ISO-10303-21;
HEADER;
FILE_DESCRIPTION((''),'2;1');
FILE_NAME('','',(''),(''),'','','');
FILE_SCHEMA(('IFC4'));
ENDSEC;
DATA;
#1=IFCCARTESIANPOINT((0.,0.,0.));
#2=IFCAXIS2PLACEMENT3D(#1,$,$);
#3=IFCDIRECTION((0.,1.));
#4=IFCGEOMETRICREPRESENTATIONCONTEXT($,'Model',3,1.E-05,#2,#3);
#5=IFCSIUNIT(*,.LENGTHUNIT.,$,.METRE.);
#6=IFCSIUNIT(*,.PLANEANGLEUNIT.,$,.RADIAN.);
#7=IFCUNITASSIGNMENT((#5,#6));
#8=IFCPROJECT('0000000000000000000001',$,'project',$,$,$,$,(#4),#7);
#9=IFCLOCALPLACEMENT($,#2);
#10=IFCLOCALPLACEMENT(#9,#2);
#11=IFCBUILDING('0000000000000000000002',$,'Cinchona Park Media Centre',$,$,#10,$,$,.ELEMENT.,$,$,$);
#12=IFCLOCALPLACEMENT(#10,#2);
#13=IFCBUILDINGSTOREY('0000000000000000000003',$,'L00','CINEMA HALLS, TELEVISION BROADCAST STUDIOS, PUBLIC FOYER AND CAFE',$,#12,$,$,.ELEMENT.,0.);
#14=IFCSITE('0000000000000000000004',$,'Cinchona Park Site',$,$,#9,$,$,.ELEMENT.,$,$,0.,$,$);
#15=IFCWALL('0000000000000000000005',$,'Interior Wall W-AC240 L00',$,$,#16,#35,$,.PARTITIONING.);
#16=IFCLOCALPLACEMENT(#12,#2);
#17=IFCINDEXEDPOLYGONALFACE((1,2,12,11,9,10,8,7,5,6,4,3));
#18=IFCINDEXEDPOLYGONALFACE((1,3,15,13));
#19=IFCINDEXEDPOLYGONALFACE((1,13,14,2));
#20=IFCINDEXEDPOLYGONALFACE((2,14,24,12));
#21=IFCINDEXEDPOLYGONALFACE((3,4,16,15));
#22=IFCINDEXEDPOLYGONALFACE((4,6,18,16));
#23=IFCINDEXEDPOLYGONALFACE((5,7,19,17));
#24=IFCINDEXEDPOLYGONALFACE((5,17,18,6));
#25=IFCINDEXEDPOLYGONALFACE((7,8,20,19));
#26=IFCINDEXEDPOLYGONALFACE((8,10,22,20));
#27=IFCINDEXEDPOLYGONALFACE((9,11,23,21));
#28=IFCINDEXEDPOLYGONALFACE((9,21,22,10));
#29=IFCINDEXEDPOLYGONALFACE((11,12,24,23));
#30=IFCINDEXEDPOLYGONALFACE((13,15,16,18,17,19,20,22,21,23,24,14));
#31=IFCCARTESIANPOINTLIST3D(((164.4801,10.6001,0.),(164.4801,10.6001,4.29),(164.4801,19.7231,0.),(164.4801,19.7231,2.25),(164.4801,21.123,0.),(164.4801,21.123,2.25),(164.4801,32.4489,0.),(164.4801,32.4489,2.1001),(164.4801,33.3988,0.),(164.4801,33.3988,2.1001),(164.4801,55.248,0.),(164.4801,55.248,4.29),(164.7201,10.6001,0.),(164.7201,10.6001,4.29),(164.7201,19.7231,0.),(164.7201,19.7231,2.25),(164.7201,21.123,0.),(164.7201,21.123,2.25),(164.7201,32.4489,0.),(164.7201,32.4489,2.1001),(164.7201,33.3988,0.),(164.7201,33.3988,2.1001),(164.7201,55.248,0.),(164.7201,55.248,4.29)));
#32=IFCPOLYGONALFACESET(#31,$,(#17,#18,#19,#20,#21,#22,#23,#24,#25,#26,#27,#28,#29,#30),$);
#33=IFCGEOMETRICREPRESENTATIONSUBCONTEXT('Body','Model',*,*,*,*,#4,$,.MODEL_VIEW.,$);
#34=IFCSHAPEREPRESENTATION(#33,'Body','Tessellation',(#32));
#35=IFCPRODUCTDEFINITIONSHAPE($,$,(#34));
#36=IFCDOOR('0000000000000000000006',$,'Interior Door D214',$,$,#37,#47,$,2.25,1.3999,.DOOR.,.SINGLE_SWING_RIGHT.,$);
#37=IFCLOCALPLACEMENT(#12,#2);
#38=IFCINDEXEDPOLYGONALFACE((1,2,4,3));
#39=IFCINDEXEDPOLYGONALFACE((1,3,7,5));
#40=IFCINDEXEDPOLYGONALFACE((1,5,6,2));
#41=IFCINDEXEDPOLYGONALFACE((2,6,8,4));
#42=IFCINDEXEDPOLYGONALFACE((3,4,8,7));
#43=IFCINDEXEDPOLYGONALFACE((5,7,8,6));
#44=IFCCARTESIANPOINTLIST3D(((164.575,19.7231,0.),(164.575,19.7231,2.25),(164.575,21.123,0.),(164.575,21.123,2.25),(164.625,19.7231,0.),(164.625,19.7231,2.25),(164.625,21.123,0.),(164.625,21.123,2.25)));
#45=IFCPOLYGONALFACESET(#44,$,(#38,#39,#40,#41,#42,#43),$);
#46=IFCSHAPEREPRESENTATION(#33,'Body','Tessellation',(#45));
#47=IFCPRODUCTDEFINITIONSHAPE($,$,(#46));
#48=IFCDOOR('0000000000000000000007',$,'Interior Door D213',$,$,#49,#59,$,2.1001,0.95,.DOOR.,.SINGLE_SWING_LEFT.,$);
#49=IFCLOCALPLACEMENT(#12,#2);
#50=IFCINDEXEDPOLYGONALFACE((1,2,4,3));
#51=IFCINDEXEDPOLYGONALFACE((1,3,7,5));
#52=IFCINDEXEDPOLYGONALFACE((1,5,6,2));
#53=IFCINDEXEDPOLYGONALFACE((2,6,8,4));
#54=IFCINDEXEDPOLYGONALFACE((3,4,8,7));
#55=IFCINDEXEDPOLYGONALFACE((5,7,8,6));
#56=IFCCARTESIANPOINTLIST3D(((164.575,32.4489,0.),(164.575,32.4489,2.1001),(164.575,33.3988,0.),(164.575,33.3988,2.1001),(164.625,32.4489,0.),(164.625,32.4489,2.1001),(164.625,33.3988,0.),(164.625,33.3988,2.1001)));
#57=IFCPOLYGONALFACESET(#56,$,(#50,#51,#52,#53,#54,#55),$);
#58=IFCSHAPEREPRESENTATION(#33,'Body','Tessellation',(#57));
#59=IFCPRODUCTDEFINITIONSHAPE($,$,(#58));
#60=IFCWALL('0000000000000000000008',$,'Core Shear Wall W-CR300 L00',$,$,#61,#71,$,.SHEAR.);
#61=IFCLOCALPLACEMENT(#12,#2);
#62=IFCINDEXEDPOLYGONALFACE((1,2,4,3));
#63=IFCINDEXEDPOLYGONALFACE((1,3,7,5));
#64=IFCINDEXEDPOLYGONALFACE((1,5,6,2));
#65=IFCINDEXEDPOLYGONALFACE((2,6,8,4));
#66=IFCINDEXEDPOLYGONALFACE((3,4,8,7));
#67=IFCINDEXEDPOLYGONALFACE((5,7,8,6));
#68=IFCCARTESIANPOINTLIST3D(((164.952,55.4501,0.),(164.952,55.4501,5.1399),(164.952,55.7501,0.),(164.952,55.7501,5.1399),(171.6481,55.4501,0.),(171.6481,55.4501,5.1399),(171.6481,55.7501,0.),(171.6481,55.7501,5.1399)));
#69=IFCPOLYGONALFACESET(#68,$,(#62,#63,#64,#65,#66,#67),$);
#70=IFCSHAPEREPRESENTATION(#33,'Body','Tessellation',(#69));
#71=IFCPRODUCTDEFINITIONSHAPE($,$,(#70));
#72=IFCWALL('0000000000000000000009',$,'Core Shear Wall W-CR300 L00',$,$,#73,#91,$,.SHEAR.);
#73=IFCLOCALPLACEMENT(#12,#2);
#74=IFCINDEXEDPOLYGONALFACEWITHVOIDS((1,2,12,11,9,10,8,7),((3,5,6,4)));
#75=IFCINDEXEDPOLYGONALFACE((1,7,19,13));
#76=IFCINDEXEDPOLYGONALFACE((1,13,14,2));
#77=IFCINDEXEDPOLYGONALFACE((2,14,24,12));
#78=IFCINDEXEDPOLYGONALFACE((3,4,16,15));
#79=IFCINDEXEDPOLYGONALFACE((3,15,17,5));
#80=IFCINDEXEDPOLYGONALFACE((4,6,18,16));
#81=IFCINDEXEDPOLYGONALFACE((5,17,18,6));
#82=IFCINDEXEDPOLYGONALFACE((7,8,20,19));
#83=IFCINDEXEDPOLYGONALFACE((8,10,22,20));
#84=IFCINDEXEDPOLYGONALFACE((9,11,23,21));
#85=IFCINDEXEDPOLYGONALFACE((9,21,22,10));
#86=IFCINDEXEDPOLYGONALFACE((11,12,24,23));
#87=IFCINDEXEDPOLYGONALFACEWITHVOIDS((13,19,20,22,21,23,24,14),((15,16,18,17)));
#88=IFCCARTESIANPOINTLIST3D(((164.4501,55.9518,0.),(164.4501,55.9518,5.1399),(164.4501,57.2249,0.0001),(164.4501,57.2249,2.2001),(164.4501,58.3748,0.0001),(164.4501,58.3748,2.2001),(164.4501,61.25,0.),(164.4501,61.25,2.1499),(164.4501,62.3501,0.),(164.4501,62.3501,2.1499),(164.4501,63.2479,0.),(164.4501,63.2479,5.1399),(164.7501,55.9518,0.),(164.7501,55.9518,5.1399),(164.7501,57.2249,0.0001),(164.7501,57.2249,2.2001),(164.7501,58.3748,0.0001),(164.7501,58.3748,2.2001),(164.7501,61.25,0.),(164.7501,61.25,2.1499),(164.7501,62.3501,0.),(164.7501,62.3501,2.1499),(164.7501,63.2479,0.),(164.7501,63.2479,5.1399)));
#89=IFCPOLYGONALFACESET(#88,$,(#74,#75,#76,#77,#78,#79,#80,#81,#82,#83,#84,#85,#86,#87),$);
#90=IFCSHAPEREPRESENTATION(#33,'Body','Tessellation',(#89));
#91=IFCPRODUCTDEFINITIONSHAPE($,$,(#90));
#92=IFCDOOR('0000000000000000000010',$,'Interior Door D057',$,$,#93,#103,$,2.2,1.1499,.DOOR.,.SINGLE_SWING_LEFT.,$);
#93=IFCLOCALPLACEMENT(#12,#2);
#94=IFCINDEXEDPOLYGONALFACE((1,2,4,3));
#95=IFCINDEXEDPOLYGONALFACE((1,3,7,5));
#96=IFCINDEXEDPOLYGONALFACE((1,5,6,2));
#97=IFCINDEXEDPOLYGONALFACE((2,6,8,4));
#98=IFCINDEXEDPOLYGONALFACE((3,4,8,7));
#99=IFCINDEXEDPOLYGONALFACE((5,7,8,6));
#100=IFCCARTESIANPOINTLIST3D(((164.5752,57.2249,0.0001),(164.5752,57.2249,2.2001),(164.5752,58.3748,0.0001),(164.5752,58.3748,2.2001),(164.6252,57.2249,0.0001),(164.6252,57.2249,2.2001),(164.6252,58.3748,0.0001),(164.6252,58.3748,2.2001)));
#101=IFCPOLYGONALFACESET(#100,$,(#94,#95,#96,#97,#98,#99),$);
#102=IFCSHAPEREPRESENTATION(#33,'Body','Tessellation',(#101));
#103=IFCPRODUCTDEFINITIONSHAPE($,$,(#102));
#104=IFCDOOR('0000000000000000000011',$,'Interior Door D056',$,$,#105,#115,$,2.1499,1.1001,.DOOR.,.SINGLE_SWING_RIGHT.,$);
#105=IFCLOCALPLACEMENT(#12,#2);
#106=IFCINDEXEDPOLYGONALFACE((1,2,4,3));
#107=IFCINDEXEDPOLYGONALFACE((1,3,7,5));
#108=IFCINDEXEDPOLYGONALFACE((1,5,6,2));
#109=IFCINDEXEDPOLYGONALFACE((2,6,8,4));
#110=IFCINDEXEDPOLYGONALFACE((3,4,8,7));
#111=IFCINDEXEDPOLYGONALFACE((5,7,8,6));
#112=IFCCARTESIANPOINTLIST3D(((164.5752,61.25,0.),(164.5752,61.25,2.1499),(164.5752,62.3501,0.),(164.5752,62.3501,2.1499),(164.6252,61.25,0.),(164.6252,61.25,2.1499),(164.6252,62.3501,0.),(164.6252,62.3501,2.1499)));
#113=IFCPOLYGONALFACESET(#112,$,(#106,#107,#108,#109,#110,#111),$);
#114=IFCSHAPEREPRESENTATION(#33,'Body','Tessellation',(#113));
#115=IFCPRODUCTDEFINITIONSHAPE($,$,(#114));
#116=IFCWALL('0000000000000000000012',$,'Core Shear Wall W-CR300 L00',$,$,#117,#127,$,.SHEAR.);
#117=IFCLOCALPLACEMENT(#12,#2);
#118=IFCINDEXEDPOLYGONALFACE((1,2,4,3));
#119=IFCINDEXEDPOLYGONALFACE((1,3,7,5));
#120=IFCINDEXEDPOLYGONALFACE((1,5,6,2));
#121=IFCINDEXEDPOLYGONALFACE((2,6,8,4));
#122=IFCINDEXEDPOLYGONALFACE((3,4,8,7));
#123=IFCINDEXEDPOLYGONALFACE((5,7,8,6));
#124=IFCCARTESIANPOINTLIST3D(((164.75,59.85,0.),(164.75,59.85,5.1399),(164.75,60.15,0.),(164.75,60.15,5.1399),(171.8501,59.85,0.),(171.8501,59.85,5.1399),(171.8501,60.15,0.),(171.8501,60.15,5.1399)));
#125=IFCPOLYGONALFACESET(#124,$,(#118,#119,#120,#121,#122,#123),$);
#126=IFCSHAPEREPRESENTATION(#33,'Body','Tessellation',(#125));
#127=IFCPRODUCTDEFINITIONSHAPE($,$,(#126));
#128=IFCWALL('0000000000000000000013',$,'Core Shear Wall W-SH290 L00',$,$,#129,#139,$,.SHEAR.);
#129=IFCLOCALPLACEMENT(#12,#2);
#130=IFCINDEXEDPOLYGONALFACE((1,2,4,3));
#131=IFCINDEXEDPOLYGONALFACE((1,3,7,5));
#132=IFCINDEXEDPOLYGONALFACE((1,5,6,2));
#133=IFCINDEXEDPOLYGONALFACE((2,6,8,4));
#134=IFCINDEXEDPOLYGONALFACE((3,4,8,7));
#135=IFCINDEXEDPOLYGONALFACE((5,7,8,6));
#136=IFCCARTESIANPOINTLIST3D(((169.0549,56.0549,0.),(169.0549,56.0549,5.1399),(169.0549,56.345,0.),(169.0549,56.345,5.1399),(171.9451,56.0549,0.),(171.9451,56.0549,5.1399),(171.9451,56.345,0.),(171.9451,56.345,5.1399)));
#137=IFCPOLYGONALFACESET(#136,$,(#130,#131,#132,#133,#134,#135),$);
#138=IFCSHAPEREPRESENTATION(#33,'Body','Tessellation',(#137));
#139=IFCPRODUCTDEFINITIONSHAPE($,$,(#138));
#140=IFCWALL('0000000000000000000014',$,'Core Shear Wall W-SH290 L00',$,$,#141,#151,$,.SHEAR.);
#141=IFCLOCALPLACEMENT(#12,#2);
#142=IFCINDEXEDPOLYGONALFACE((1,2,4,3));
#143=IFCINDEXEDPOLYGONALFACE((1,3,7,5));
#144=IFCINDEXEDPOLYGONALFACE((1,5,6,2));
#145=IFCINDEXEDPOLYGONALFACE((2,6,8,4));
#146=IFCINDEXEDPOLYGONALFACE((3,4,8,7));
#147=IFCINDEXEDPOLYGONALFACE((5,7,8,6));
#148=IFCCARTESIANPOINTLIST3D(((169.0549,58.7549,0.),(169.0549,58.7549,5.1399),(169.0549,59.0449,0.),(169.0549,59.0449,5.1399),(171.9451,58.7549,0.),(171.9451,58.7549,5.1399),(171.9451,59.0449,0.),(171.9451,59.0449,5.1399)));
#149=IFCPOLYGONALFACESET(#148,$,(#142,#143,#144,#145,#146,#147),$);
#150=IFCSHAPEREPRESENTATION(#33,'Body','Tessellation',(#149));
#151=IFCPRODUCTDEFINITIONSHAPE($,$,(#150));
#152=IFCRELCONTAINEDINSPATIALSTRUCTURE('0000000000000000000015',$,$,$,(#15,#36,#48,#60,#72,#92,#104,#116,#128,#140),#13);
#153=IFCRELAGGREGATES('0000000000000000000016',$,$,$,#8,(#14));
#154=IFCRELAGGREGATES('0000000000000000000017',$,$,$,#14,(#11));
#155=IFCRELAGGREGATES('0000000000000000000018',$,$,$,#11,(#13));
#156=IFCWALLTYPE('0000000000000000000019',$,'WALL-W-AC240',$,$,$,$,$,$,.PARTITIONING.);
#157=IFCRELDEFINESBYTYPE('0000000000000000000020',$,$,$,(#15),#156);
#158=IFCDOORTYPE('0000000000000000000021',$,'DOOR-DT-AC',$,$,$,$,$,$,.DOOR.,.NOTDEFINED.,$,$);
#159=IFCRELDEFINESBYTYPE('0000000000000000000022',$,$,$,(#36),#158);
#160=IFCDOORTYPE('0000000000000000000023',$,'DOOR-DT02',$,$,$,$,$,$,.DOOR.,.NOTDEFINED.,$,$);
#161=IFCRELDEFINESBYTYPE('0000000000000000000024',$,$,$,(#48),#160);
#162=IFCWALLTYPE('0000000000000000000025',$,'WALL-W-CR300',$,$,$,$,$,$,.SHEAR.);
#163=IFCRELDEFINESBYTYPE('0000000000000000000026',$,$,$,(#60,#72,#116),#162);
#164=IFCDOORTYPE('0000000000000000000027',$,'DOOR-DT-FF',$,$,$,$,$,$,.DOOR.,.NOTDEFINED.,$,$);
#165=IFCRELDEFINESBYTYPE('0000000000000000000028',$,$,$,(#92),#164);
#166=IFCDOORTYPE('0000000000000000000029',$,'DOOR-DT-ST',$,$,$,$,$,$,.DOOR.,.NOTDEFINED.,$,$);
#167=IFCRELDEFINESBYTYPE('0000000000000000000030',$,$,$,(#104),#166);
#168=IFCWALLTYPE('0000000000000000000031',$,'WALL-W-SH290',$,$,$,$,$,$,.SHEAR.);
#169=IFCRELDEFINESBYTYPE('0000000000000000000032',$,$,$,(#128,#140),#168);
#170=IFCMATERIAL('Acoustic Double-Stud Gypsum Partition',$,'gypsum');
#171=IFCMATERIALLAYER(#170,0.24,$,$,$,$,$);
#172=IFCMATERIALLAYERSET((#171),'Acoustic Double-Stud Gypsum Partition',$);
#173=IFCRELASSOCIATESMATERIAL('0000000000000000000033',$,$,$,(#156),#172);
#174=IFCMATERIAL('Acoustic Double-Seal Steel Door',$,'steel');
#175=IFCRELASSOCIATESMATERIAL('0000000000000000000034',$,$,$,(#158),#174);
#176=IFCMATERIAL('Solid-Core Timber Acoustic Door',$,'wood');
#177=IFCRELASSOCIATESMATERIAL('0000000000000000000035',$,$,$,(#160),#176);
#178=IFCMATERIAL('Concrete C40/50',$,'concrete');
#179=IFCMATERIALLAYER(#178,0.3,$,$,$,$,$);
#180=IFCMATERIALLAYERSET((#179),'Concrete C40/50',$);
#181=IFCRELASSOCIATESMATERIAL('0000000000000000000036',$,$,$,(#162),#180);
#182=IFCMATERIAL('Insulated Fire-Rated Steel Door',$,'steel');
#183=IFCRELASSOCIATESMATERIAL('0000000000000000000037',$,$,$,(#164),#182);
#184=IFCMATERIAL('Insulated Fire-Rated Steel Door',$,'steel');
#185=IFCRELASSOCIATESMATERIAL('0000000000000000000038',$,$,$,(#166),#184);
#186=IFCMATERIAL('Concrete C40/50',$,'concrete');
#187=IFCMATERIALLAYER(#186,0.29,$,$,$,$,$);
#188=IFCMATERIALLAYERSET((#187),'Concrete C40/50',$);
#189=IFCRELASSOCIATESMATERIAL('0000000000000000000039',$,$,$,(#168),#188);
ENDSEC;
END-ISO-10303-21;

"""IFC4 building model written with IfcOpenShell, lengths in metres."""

from ifc_helpers import new_model, si_unit, direction, frame, frame_2d, origin, place, context, subcontext, project, spatial, rectangle, extrude, material, layer, layer_set, type_object, element, fill, save


model = new_model("IFC4")

# Units and contexts
model_context = context("Model", 3, precision=1e-05, world=origin(), true_north=direction((0.0, 1.0)))
body_context = subcontext(model_context, "Body", "Model", "MODEL_VIEW")
ifc_project = project(units=[si_unit("LENGTHUNIT", "METRE"), si_unit("PLANEANGLEUNIT", "RADIAN")], contexts=[model_context])

# Site, building, storey
site_placement = place(None, origin())
site = spatial("IfcSite", under=ifc_project, at=site_placement, Name="Cinchona Park Site", CompositionType="ELEMENT", RefElevation=0.0)
building_placement = place(site_placement, origin())
building = spatial("IfcBuilding", under=site, at=building_placement, Name="Cinchona Park Media Centre", CompositionType="ELEMENT")
storey_placement = place(building_placement, origin())
storey = spatial("IfcBuildingStorey", under=building, at=storey_placement, Name="L00", Description="CINEMA HALLS, TELEVISION BROADCAST STUDIOS, PUBLIC FOYER AND CAFE", CompositionType="ELEMENT", Elevation=0.0)

# Wall, openings, doors
ifc_material_1 = material(Name="Acoustic Double-Stud Gypsum Partition", Category="gypsum")
ifc_layer_1 = layer(ifc_material_1, 0.24)
ifc_layer_set_1 = layer_set([ifc_layer_1], Name="Acoustic Double-Stud Gypsum Partition")
wall_type_1 = type_object("IfcWallType", Name="WALL-W-AC240", PredefinedType="PARTITIONING", material=ifc_layer_set_1)
wall_1_placement = place(storey_placement, frame((164.6001, 55.248, 0.0), z_axis=(0.0, 0.0, 1.0), x_axis=(0.0, -1.0, 0.0)))
wall_1 = element("IfcWall", 1, at=wall_1_placement, inside=storey, type_object=wall_type_1, Name="Interior Wall W-AC240 L00", PredefinedType="PARTITIONING", context=body_context, shape_type="SweptSolid", body=[
    extrude(rectangle(XDim=44.6479, YDim=0.24, at=frame_2d((22.324, 0.0))), origin(), (0.0, 0.0, 1.0), 4.29),
])
opening_1_placement = place(wall_1_placement, frame((21.8491, 0.0, 0.0)))
opening_1 = element("IfcOpeningElement", 2, at=opening_1_placement, cuts=wall_1, PredefinedType="OPENING", context=body_context, shape_type="SweptSolid", body=[
    extrude(rectangle(XDim=0.95, YDim=2.1001, at=frame_2d((0.4751, 1.05))), frame((0.0, 0.1299, 0.0), z_axis=(0.0, -1.0, 0.0), x_axis=(1.0, 0.0, 0.0)), (0.0, 0.0, 1.0), 0.26),
])
opening_2_placement = place(wall_1_placement, frame((34.125, 0.0, 0.0)))
opening_2 = element("IfcOpeningElement", 3, at=opening_2_placement, cuts=wall_1, PredefinedType="OPENING", context=body_context, shape_type="SweptSolid", body=[
    extrude(rectangle(XDim=1.3999, YDim=2.25, at=frame_2d((0.7, 1.125))), frame((0.0, 0.1299, 0.0), z_axis=(0.0, -1.0, 0.0), x_axis=(1.0, 0.0, 0.0)), (0.0, 0.0, 1.0), 0.26),
])
ifc_material_2 = material(Name="Acoustic Double-Seal Steel Door", Category="steel")
door_type_1 = type_object("IfcDoorType", Name="DOOR-DT-AC", OperationType="NOTDEFINED", PredefinedType="DOOR", material=ifc_material_2)
door_1_placement = place(opening_2_placement, origin())
door_1 = element("IfcDoor", 4, at=door_1_placement, inside=storey, type_object=door_type_1, Name="Interior Door D214", OperationType="SINGLE_SWING_RIGHT", OverallHeight=2.25, OverallWidth=1.3999, PredefinedType="DOOR", context=body_context, shape_type="SweptSolid", body=[
    extrude(rectangle(XDim=1.3999, YDim=2.25, at=frame_2d((0.7, 1.125))), frame((0.0, 0.0249, 0.0), z_axis=(0.0, -1.0, 0.0), x_axis=(1.0, 0.0, 0.0)), (0.0, 0.0, 1.0), 0.05),
])
fill(opening_2, door_1)
ifc_material_3 = material(Name="Solid-Core Timber Acoustic Door", Category="wood")
door_type_2 = type_object("IfcDoorType", Name="DOOR-DT02", OperationType="NOTDEFINED", PredefinedType="DOOR", material=ifc_material_3)
door_2_placement = place(opening_1_placement, origin())
door_2 = element("IfcDoor", 5, at=door_2_placement, inside=storey, type_object=door_type_2, Name="Interior Door D213", OperationType="SINGLE_SWING_LEFT", OverallHeight=2.1001, OverallWidth=0.95, PredefinedType="DOOR", context=body_context, shape_type="SweptSolid", body=[
    extrude(rectangle(XDim=0.95, YDim=2.1001, at=frame_2d((0.4751, 1.05))), frame((0.0, 0.0249, 0.0), z_axis=(0.0, -1.0, 0.0), x_axis=(1.0, 0.0, 0.0)), (0.0, 0.0, 1.0), 0.05),
])
fill(opening_1, door_2)

# Wall
ifc_material_4 = material(Name="Concrete C40/50", Category="concrete")
ifc_layer_2 = layer(ifc_material_4, 0.3)
ifc_layer_set_2 = layer_set([ifc_layer_2], Name="Concrete C40/50")
wall_type_2 = type_object("IfcWallType", Name="WALL-W-CR300", PredefinedType="SHEAR", material=ifc_layer_set_2)
wall_2_placement = place(storey_placement, frame((164.9519, 55.6001, 0.0), z_axis=(0.0, 0.0, 1.0), x_axis=(1.0, 0.0, 0.0)))
element("IfcWall", 6, at=wall_2_placement, inside=storey, type_object=wall_type_2, Name="Core Shear Wall W-CR300 L00", PredefinedType="SHEAR", context=body_context, shape_type="SweptSolid", body=[
    extrude(rectangle(XDim=6.696, YDim=0.3, at=frame_2d((3.3481, 0.0))), origin(), (0.0, 0.0, 1.0), 5.1399),
])

# Wall, openings, doors
wall_3_placement = place(storey_placement, frame((164.6001, 55.9519, 0.0), z_axis=(0.0, 0.0, 1.0), x_axis=(0.0, 1.0, 0.0)))
wall_3 = element("IfcWall", 7, at=wall_3_placement, inside=storey, type_object=wall_type_2, Name="Core Shear Wall W-CR300 L00", PredefinedType="SHEAR", context=body_context, shape_type="SweptSolid", body=[
    extrude(rectangle(XDim=7.2961, YDim=0.3, at=frame_2d((3.6479, 0.0))), origin(), (0.0, 0.0, 1.0), 5.1399),
])
opening_3_placement = place(wall_3_placement, frame((5.2981, 0.0, 0.0)))
opening_3 = element("IfcOpeningElement", 8, at=opening_3_placement, cuts=wall_3, PredefinedType="OPENING", context=body_context, shape_type="SweptSolid", body=[
    extrude(rectangle(XDim=1.1001, YDim=2.1499, at=frame_2d((0.55, 1.075))), frame((0.0, 0.1599, 0.0), z_axis=(0.0, -1.0, 0.0), x_axis=(1.0, 0.0, 0.0)), (0.0, 0.0, 1.0), 0.3201),
])
opening_4_placement = place(wall_3_placement, frame((1.2729, 0.0, 0.0)))
opening_4 = element("IfcOpeningElement", 9, at=opening_4_placement, cuts=wall_3, PredefinedType="OPENING", context=body_context, shape_type="SweptSolid", body=[
    extrude(rectangle(XDim=1.1499, YDim=2.2, at=frame_2d((0.575, 1.1001))), frame((0.0, 0.1599, 0.0), z_axis=(0.0, -1.0, 0.0), x_axis=(1.0, 0.0, 0.0)), (0.0, 0.0, 1.0), 0.3201),
])
ifc_material_5 = material(Name="Insulated Fire-Rated Steel Door", Category="steel")
door_type_3 = type_object("IfcDoorType", Name="DOOR-DT-FF", OperationType="NOTDEFINED", PredefinedType="DOOR", material=ifc_material_5)
door_3_placement = place(opening_4_placement, origin())
door_3 = element("IfcDoor", 10, at=door_3_placement, inside=storey, type_object=door_type_3, Name="Interior Door D057", OperationType="SINGLE_SWING_LEFT", OverallHeight=2.2, OverallWidth=1.1499, PredefinedType="DOOR", context=body_context, shape_type="SweptSolid", body=[
    extrude(rectangle(XDim=1.1499, YDim=2.2, at=frame_2d((0.575, 1.1001))), frame((0.0, 0.0249, 0.0), z_axis=(0.0, -1.0, 0.0), x_axis=(1.0, 0.0, 0.0)), (0.0, 0.0, 1.0), 0.05),
])
fill(opening_4, door_3)
ifc_material_6 = material(Name="Insulated Fire-Rated Steel Door", Category="steel")
door_type_4 = type_object("IfcDoorType", Name="DOOR-DT-ST", OperationType="NOTDEFINED", PredefinedType="DOOR", material=ifc_material_6)
door_4_placement = place(opening_3_placement, origin())
door_4 = element("IfcDoor", 11, at=door_4_placement, inside=storey, type_object=door_type_4, Name="Interior Door D056", OperationType="SINGLE_SWING_RIGHT", OverallHeight=2.1499, OverallWidth=1.1001, PredefinedType="DOOR", context=body_context, shape_type="SweptSolid", body=[
    extrude(rectangle(XDim=1.1001, YDim=2.1499, at=frame_2d((0.55, 1.075))), frame((0.0, 0.0249, 0.0), z_axis=(0.0, -1.0, 0.0), x_axis=(1.0, 0.0, 0.0)), (0.0, 0.0, 1.0), 0.05),
])
fill(opening_3, door_4)

# Walls
wall_4_placement = place(storey_placement, frame((164.75, 60.0, 0.0), z_axis=(0.0, 0.0, 1.0), x_axis=(1.0, 0.0, 0.0)))
element("IfcWall", 12, at=wall_4_placement, inside=storey, type_object=wall_type_2, Name="Core Shear Wall W-CR300 L00", PredefinedType="SHEAR", context=body_context, shape_type="SweptSolid", body=[
    extrude(rectangle(XDim=7.1001, YDim=0.3, at=frame_2d((3.55, 0.0))), origin(), (0.0, 0.0, 1.0), 5.1399),
])
ifc_material_7 = material(Name="Concrete C40/50", Category="concrete")
ifc_layer_3 = layer(ifc_material_7, 0.29)
ifc_layer_set_3 = layer_set([ifc_layer_3], Name="Concrete C40/50")
wall_type_3 = type_object("IfcWallType", Name="WALL-W-SH290", PredefinedType="SHEAR", material=ifc_layer_set_3)
for number, where, z_axis, x_axis, name in (
    (13, (169.0549, 56.2, 0.0), (0.0, 0.0, 1.0), (1.0, 0.0, 0.0), "Core Shear Wall W-SH290 L00"),
    (14, (169.0549, 58.8999, 0.0), (0.0, 0.0, 1.0), (1.0, 0.0, 0.0), "Core Shear Wall W-SH290 L00"),
):
    element("IfcWall", number, at=place(storey_placement, frame(where, z_axis=z_axis, x_axis=x_axis)), inside=storey, type_object=wall_type_3, Name=name, PredefinedType="SHEAR", context=body_context, shape_type="SweptSolid", body=[
        extrude(rectangle(XDim=2.8901, YDim=0.29, at=frame_2d((1.4451, 0.0))), origin(), (0.0, 0.0, 1.0), 5.1399),
    ])

save(model, "model.ifc")
